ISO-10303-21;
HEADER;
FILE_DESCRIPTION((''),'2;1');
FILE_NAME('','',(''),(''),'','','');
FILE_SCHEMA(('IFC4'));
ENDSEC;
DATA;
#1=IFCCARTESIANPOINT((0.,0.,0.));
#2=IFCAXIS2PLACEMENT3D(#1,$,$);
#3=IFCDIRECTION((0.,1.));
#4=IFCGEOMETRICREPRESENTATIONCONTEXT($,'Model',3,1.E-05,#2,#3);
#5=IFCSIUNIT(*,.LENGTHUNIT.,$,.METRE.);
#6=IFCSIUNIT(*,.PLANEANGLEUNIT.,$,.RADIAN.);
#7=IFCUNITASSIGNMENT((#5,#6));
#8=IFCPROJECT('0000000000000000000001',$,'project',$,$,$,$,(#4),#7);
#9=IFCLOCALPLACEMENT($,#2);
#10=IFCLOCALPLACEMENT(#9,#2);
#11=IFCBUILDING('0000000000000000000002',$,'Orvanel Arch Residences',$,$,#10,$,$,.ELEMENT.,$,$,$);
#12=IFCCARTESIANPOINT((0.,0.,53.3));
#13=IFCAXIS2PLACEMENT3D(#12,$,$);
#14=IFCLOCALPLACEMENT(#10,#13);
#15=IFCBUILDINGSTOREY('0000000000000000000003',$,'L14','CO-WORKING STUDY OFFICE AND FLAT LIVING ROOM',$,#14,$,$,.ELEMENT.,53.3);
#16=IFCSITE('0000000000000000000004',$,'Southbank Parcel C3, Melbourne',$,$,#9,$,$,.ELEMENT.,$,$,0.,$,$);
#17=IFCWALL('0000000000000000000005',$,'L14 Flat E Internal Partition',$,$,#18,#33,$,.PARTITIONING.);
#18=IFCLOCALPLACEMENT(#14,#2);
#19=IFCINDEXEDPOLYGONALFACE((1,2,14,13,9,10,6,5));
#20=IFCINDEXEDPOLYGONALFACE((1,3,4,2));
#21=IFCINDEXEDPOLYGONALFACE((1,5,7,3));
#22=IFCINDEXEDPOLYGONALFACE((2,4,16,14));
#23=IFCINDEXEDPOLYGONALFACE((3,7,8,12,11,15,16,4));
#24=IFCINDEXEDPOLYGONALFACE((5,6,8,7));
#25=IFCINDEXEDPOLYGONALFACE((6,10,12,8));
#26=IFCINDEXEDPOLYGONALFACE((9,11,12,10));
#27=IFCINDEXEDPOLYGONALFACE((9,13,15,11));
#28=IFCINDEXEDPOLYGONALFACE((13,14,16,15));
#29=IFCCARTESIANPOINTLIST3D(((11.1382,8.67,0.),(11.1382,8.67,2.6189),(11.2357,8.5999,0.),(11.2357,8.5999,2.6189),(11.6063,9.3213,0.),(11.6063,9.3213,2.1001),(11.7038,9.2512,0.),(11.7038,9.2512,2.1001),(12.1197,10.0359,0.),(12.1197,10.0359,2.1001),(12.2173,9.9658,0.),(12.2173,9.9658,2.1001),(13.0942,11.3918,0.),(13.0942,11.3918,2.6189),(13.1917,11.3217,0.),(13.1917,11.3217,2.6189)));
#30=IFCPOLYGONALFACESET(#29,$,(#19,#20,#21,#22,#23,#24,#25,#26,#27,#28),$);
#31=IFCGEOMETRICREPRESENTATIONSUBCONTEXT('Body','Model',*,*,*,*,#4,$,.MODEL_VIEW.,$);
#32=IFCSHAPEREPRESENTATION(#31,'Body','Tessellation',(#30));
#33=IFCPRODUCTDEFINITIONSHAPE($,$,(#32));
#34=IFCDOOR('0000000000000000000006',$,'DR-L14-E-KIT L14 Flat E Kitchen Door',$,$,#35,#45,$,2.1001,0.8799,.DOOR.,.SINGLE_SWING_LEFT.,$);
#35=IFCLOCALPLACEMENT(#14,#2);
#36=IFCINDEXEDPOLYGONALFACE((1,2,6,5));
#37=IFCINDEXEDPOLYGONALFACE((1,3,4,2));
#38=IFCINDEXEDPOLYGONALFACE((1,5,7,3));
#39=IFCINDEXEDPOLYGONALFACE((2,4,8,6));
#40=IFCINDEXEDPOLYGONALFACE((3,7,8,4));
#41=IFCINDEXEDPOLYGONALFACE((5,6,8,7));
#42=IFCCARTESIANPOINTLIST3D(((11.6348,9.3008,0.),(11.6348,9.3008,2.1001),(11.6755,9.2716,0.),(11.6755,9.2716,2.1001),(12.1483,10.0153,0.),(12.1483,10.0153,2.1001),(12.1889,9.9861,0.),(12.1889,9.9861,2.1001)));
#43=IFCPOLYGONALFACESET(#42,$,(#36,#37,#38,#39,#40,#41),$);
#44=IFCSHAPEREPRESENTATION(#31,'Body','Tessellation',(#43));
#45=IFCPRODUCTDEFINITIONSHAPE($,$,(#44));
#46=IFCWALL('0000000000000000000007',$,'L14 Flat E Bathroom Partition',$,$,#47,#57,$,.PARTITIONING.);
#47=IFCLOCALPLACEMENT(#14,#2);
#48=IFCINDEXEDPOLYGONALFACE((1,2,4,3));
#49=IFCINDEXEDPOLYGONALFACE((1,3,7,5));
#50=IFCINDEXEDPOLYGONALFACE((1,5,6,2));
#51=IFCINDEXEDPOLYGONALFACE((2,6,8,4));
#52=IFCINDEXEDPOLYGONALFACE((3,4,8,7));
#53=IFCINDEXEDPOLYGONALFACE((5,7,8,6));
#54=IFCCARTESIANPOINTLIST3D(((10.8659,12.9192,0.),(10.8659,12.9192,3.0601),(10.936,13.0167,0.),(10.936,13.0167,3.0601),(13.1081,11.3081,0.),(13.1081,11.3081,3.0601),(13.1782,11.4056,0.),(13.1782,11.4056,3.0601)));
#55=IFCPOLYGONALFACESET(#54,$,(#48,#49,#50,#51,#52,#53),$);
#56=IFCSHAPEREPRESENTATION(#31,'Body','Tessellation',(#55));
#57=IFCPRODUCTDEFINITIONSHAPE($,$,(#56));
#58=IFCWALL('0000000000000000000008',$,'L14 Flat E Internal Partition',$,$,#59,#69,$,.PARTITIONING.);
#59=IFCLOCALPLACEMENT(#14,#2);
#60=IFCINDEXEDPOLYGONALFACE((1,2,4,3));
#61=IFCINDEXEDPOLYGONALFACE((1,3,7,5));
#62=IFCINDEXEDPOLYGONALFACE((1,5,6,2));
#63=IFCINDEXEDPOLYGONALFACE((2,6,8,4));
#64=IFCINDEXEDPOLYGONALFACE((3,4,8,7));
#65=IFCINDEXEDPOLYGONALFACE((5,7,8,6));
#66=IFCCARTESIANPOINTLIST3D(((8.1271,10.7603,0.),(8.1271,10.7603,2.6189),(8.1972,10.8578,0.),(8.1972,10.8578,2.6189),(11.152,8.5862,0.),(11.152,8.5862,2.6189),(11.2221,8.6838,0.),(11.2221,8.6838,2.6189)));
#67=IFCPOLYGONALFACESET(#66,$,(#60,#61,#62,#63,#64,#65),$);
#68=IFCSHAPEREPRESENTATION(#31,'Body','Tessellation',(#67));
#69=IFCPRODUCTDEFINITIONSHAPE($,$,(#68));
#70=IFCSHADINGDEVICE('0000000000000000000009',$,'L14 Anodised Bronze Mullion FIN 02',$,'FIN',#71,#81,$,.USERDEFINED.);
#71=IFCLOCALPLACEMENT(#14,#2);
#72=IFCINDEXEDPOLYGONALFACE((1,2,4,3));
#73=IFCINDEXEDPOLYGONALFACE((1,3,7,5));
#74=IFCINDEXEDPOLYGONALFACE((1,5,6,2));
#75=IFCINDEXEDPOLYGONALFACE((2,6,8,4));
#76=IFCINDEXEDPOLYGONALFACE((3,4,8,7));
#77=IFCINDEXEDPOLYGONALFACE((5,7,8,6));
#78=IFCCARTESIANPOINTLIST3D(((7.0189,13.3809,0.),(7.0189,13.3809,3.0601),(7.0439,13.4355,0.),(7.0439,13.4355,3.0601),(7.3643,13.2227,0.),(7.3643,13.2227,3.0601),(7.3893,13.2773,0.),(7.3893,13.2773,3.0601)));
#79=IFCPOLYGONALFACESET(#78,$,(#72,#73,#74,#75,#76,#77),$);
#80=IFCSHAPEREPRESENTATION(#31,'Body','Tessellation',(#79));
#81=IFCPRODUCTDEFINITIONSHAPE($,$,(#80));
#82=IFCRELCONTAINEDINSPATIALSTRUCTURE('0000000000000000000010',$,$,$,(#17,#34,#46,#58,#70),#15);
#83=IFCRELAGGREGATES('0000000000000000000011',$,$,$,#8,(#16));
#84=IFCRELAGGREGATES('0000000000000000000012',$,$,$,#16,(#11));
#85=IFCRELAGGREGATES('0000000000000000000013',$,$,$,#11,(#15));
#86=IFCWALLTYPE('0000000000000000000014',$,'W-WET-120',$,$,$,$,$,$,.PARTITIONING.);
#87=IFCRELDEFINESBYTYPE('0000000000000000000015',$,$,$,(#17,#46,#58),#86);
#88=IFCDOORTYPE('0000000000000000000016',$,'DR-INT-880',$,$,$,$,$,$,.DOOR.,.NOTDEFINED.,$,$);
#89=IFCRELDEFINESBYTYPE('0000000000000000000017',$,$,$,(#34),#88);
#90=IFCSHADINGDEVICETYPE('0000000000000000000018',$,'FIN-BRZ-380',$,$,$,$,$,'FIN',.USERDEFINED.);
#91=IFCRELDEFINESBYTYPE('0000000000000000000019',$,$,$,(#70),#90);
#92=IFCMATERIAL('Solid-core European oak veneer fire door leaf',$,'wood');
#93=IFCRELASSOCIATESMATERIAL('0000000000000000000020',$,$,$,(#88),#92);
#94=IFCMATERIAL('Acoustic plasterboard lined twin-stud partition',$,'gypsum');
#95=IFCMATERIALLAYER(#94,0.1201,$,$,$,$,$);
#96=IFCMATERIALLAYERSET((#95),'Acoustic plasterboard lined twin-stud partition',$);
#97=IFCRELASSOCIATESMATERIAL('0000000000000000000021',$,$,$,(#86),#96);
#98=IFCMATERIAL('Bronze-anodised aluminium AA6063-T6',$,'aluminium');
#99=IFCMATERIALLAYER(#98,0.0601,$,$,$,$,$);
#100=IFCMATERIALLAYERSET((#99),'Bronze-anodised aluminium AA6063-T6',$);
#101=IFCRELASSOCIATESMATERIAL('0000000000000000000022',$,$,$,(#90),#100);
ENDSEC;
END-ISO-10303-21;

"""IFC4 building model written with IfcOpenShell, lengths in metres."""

from ifc_helpers import new_model, si_unit, direction, frame, frame_2d, origin, origin_2d, place, context, subcontext, project, spatial, rectangle, extrude, material, layer, layer_set, type_object, element, fill, save


model = new_model("IFC4")

# Units and contexts
model_context = context("Model", 3, precision=1e-05, world=origin(), true_north=direction((0.0, 1.0)))
body_context = subcontext(model_context, "Body", "Model", "MODEL_VIEW")
ifc_project = project(units=[si_unit("LENGTHUNIT", "METRE"), si_unit("PLANEANGLEUNIT", "RADIAN")], contexts=[model_context])

# Site, building, storey
site_placement = place(None, origin())
site = spatial("IfcSite", under=ifc_project, at=site_placement, Name="Southbank Parcel C3, Melbourne", CompositionType="ELEMENT", RefElevation=0.0)
building_placement = place(site_placement, origin())
building = spatial("IfcBuilding", under=site, at=building_placement, Name="Orvanel Arch Residences", CompositionType="ELEMENT")
storey_placement = place(building_placement, frame((0.0, 0.0, 53.3)))
storey = spatial("IfcBuildingStorey", under=building, at=storey_placement, Name="L14", Description="CO-WORKING STUDY OFFICE AND FLAT LIVING ROOM", CompositionType="ELEMENT", Elevation=53.3)

# Shared definitions
ifc_material_1 = material(Name="Bronze-anodised aluminium AA6063-T6", Category="aluminium")

# Shared definitions
ifc_material_2 = material(Name="Acoustic plasterboard lined twin-stud partition", Category="gypsum")
ifc_material_3 = material(Name="Solid-core European oak veneer fire door leaf", Category="wood")
door_type_1 = type_object("IfcDoorType", Name="DR-INT-880", OperationType="NOTDEFINED", PredefinedType="DOOR", material=ifc_material_3)

# Wall, opening, door
ifc_layer_1 = layer(ifc_material_2, 0.1201)
ifc_layer_set_1 = layer_set([ifc_layer_1], Name="Acoustic plasterboard lined twin-stud partition")
wall_type_1 = type_object("IfcWallType", Name="W-WET-120", PredefinedType="PARTITIONING", material=ifc_layer_set_1)
wall_1_placement = place(storey_placement, frame((11.187, 8.635, 0.0), z_axis=(0.0, 0.0, 1.0), x_axis=(0.583572, 0.812062, 0.0)))
wall_1 = element("IfcWall", 1, at=wall_1_placement, inside=storey, type_object=wall_type_1, Name="L14 Flat E Internal Partition", PredefinedType="PARTITIONING", context=body_context, shape_type="SweptSolid", body=[
    extrude(rectangle(XDim=3.3518, YDim=0.1201, at=frame_2d((1.6758, 0.0))), origin(), (0.0, 0.0, 1.0), 2.6189),
])
opening_1_placement = place(wall_1_placement, frame((0.802, 0.0, 0.0)))
opening_1 = element("IfcOpeningElement", 2, at=opening_1_placement, cuts=wall_1, PredefinedType="OPENING", context=body_context, shape_type="SweptSolid", body=[
    extrude(rectangle(XDim=0.8799, YDim=2.1001, at=frame_2d((0.4399, 1.05))), frame((0.0, 0.0701, 0.0), z_axis=(0.0, -1.0, 0.0), x_axis=(1.0, 0.0, 0.0)), (0.0, 0.0, 1.0), 0.1401),
])
door_1_placement = place(opening_1_placement, origin())
door_1 = element("IfcDoor", 3, at=door_1_placement, inside=storey, type_object=door_type_1, Name="DR-L14-E-KIT L14 Flat E Kitchen Door", OperationType="SINGLE_SWING_LEFT", OverallHeight=2.1001, OverallWidth=0.8799, PredefinedType="DOOR", context=body_context, shape_type="SweptSolid", body=[
    extrude(rectangle(XDim=0.8799, YDim=2.1001, at=frame_2d((0.4399, 1.05))), frame((0.0, 0.0249, 0.0), z_axis=(0.0, -1.0, 0.0), x_axis=(1.0, 0.0, 0.0)), (0.0, 0.0, 1.0), 0.05),
])
fill(opening_1, door_1)

# Walls
wall_2_placement = place(storey_placement, frame((13.1431, 11.3569, 0.0), z_axis=(0.0, 0.0, 1.0), x_axis=(-0.812099, 0.583519, 0.0)))
element("IfcWall", 4, at=wall_2_placement, inside=storey, type_object=wall_type_1, Name="L14 Flat E Bathroom Partition", PredefinedType="PARTITIONING", context=body_context, shape_type="SweptSolid", body=[
    extrude(rectangle(XDim=2.761, YDim=0.1201, at=frame_2d((1.3804, 0.0))), origin(), (0.0, 0.0, 1.0), 3.0601),
])
wall_3_placement = place(storey_placement, frame((11.187, 8.635, 0.0), z_axis=(0.0, 0.0, 1.0), x_axis=(-0.812025, 0.583623, 0.0)))
element("IfcWall", 5, at=wall_3_placement, inside=storey, type_object=wall_type_1, Name="L14 Flat E Internal Partition", PredefinedType="PARTITIONING", context=body_context, shape_type="SweptSolid", body=[
    extrude(rectangle(XDim=3.7251, YDim=0.1201, at=frame_2d((1.8625, 0.0))), origin(), (0.0, 0.0, 1.0), 2.6189),
])

# Shading device
ifc_layer_2 = layer(ifc_material_1, 0.0601)
ifc_layer_set_2 = layer_set([ifc_layer_2], Name="Bronze-anodised aluminium AA6063-T6")
shading_device_type = type_object("IfcShadingDeviceType", Name="FIN-BRZ-380", ElementType="FIN", PredefinedType="USERDEFINED", material=ifc_layer_set_2)
shading_device_placement = place(storey_placement, frame((7.2041, 13.3291, 0.0), z_axis=(0.0, 0.0, 1.0), x_axis=(-0.909236, 0.416281, 0.0)))
element("IfcShadingDevice", 6, at=shading_device_placement, inside=storey, type_object=shading_device_type, Name="L14 Anodised Bronze Mullion FIN 02", ObjectType="FIN", PredefinedType="USERDEFINED", context=body_context, shape_type="SweptSolid", body=[
    extrude(rectangle(XDim=0.3799, YDim=0.0601, at=origin_2d()), origin(), (0.0, 0.0, 1.0), 3.0601),
])

save(model, "model.ifc")
